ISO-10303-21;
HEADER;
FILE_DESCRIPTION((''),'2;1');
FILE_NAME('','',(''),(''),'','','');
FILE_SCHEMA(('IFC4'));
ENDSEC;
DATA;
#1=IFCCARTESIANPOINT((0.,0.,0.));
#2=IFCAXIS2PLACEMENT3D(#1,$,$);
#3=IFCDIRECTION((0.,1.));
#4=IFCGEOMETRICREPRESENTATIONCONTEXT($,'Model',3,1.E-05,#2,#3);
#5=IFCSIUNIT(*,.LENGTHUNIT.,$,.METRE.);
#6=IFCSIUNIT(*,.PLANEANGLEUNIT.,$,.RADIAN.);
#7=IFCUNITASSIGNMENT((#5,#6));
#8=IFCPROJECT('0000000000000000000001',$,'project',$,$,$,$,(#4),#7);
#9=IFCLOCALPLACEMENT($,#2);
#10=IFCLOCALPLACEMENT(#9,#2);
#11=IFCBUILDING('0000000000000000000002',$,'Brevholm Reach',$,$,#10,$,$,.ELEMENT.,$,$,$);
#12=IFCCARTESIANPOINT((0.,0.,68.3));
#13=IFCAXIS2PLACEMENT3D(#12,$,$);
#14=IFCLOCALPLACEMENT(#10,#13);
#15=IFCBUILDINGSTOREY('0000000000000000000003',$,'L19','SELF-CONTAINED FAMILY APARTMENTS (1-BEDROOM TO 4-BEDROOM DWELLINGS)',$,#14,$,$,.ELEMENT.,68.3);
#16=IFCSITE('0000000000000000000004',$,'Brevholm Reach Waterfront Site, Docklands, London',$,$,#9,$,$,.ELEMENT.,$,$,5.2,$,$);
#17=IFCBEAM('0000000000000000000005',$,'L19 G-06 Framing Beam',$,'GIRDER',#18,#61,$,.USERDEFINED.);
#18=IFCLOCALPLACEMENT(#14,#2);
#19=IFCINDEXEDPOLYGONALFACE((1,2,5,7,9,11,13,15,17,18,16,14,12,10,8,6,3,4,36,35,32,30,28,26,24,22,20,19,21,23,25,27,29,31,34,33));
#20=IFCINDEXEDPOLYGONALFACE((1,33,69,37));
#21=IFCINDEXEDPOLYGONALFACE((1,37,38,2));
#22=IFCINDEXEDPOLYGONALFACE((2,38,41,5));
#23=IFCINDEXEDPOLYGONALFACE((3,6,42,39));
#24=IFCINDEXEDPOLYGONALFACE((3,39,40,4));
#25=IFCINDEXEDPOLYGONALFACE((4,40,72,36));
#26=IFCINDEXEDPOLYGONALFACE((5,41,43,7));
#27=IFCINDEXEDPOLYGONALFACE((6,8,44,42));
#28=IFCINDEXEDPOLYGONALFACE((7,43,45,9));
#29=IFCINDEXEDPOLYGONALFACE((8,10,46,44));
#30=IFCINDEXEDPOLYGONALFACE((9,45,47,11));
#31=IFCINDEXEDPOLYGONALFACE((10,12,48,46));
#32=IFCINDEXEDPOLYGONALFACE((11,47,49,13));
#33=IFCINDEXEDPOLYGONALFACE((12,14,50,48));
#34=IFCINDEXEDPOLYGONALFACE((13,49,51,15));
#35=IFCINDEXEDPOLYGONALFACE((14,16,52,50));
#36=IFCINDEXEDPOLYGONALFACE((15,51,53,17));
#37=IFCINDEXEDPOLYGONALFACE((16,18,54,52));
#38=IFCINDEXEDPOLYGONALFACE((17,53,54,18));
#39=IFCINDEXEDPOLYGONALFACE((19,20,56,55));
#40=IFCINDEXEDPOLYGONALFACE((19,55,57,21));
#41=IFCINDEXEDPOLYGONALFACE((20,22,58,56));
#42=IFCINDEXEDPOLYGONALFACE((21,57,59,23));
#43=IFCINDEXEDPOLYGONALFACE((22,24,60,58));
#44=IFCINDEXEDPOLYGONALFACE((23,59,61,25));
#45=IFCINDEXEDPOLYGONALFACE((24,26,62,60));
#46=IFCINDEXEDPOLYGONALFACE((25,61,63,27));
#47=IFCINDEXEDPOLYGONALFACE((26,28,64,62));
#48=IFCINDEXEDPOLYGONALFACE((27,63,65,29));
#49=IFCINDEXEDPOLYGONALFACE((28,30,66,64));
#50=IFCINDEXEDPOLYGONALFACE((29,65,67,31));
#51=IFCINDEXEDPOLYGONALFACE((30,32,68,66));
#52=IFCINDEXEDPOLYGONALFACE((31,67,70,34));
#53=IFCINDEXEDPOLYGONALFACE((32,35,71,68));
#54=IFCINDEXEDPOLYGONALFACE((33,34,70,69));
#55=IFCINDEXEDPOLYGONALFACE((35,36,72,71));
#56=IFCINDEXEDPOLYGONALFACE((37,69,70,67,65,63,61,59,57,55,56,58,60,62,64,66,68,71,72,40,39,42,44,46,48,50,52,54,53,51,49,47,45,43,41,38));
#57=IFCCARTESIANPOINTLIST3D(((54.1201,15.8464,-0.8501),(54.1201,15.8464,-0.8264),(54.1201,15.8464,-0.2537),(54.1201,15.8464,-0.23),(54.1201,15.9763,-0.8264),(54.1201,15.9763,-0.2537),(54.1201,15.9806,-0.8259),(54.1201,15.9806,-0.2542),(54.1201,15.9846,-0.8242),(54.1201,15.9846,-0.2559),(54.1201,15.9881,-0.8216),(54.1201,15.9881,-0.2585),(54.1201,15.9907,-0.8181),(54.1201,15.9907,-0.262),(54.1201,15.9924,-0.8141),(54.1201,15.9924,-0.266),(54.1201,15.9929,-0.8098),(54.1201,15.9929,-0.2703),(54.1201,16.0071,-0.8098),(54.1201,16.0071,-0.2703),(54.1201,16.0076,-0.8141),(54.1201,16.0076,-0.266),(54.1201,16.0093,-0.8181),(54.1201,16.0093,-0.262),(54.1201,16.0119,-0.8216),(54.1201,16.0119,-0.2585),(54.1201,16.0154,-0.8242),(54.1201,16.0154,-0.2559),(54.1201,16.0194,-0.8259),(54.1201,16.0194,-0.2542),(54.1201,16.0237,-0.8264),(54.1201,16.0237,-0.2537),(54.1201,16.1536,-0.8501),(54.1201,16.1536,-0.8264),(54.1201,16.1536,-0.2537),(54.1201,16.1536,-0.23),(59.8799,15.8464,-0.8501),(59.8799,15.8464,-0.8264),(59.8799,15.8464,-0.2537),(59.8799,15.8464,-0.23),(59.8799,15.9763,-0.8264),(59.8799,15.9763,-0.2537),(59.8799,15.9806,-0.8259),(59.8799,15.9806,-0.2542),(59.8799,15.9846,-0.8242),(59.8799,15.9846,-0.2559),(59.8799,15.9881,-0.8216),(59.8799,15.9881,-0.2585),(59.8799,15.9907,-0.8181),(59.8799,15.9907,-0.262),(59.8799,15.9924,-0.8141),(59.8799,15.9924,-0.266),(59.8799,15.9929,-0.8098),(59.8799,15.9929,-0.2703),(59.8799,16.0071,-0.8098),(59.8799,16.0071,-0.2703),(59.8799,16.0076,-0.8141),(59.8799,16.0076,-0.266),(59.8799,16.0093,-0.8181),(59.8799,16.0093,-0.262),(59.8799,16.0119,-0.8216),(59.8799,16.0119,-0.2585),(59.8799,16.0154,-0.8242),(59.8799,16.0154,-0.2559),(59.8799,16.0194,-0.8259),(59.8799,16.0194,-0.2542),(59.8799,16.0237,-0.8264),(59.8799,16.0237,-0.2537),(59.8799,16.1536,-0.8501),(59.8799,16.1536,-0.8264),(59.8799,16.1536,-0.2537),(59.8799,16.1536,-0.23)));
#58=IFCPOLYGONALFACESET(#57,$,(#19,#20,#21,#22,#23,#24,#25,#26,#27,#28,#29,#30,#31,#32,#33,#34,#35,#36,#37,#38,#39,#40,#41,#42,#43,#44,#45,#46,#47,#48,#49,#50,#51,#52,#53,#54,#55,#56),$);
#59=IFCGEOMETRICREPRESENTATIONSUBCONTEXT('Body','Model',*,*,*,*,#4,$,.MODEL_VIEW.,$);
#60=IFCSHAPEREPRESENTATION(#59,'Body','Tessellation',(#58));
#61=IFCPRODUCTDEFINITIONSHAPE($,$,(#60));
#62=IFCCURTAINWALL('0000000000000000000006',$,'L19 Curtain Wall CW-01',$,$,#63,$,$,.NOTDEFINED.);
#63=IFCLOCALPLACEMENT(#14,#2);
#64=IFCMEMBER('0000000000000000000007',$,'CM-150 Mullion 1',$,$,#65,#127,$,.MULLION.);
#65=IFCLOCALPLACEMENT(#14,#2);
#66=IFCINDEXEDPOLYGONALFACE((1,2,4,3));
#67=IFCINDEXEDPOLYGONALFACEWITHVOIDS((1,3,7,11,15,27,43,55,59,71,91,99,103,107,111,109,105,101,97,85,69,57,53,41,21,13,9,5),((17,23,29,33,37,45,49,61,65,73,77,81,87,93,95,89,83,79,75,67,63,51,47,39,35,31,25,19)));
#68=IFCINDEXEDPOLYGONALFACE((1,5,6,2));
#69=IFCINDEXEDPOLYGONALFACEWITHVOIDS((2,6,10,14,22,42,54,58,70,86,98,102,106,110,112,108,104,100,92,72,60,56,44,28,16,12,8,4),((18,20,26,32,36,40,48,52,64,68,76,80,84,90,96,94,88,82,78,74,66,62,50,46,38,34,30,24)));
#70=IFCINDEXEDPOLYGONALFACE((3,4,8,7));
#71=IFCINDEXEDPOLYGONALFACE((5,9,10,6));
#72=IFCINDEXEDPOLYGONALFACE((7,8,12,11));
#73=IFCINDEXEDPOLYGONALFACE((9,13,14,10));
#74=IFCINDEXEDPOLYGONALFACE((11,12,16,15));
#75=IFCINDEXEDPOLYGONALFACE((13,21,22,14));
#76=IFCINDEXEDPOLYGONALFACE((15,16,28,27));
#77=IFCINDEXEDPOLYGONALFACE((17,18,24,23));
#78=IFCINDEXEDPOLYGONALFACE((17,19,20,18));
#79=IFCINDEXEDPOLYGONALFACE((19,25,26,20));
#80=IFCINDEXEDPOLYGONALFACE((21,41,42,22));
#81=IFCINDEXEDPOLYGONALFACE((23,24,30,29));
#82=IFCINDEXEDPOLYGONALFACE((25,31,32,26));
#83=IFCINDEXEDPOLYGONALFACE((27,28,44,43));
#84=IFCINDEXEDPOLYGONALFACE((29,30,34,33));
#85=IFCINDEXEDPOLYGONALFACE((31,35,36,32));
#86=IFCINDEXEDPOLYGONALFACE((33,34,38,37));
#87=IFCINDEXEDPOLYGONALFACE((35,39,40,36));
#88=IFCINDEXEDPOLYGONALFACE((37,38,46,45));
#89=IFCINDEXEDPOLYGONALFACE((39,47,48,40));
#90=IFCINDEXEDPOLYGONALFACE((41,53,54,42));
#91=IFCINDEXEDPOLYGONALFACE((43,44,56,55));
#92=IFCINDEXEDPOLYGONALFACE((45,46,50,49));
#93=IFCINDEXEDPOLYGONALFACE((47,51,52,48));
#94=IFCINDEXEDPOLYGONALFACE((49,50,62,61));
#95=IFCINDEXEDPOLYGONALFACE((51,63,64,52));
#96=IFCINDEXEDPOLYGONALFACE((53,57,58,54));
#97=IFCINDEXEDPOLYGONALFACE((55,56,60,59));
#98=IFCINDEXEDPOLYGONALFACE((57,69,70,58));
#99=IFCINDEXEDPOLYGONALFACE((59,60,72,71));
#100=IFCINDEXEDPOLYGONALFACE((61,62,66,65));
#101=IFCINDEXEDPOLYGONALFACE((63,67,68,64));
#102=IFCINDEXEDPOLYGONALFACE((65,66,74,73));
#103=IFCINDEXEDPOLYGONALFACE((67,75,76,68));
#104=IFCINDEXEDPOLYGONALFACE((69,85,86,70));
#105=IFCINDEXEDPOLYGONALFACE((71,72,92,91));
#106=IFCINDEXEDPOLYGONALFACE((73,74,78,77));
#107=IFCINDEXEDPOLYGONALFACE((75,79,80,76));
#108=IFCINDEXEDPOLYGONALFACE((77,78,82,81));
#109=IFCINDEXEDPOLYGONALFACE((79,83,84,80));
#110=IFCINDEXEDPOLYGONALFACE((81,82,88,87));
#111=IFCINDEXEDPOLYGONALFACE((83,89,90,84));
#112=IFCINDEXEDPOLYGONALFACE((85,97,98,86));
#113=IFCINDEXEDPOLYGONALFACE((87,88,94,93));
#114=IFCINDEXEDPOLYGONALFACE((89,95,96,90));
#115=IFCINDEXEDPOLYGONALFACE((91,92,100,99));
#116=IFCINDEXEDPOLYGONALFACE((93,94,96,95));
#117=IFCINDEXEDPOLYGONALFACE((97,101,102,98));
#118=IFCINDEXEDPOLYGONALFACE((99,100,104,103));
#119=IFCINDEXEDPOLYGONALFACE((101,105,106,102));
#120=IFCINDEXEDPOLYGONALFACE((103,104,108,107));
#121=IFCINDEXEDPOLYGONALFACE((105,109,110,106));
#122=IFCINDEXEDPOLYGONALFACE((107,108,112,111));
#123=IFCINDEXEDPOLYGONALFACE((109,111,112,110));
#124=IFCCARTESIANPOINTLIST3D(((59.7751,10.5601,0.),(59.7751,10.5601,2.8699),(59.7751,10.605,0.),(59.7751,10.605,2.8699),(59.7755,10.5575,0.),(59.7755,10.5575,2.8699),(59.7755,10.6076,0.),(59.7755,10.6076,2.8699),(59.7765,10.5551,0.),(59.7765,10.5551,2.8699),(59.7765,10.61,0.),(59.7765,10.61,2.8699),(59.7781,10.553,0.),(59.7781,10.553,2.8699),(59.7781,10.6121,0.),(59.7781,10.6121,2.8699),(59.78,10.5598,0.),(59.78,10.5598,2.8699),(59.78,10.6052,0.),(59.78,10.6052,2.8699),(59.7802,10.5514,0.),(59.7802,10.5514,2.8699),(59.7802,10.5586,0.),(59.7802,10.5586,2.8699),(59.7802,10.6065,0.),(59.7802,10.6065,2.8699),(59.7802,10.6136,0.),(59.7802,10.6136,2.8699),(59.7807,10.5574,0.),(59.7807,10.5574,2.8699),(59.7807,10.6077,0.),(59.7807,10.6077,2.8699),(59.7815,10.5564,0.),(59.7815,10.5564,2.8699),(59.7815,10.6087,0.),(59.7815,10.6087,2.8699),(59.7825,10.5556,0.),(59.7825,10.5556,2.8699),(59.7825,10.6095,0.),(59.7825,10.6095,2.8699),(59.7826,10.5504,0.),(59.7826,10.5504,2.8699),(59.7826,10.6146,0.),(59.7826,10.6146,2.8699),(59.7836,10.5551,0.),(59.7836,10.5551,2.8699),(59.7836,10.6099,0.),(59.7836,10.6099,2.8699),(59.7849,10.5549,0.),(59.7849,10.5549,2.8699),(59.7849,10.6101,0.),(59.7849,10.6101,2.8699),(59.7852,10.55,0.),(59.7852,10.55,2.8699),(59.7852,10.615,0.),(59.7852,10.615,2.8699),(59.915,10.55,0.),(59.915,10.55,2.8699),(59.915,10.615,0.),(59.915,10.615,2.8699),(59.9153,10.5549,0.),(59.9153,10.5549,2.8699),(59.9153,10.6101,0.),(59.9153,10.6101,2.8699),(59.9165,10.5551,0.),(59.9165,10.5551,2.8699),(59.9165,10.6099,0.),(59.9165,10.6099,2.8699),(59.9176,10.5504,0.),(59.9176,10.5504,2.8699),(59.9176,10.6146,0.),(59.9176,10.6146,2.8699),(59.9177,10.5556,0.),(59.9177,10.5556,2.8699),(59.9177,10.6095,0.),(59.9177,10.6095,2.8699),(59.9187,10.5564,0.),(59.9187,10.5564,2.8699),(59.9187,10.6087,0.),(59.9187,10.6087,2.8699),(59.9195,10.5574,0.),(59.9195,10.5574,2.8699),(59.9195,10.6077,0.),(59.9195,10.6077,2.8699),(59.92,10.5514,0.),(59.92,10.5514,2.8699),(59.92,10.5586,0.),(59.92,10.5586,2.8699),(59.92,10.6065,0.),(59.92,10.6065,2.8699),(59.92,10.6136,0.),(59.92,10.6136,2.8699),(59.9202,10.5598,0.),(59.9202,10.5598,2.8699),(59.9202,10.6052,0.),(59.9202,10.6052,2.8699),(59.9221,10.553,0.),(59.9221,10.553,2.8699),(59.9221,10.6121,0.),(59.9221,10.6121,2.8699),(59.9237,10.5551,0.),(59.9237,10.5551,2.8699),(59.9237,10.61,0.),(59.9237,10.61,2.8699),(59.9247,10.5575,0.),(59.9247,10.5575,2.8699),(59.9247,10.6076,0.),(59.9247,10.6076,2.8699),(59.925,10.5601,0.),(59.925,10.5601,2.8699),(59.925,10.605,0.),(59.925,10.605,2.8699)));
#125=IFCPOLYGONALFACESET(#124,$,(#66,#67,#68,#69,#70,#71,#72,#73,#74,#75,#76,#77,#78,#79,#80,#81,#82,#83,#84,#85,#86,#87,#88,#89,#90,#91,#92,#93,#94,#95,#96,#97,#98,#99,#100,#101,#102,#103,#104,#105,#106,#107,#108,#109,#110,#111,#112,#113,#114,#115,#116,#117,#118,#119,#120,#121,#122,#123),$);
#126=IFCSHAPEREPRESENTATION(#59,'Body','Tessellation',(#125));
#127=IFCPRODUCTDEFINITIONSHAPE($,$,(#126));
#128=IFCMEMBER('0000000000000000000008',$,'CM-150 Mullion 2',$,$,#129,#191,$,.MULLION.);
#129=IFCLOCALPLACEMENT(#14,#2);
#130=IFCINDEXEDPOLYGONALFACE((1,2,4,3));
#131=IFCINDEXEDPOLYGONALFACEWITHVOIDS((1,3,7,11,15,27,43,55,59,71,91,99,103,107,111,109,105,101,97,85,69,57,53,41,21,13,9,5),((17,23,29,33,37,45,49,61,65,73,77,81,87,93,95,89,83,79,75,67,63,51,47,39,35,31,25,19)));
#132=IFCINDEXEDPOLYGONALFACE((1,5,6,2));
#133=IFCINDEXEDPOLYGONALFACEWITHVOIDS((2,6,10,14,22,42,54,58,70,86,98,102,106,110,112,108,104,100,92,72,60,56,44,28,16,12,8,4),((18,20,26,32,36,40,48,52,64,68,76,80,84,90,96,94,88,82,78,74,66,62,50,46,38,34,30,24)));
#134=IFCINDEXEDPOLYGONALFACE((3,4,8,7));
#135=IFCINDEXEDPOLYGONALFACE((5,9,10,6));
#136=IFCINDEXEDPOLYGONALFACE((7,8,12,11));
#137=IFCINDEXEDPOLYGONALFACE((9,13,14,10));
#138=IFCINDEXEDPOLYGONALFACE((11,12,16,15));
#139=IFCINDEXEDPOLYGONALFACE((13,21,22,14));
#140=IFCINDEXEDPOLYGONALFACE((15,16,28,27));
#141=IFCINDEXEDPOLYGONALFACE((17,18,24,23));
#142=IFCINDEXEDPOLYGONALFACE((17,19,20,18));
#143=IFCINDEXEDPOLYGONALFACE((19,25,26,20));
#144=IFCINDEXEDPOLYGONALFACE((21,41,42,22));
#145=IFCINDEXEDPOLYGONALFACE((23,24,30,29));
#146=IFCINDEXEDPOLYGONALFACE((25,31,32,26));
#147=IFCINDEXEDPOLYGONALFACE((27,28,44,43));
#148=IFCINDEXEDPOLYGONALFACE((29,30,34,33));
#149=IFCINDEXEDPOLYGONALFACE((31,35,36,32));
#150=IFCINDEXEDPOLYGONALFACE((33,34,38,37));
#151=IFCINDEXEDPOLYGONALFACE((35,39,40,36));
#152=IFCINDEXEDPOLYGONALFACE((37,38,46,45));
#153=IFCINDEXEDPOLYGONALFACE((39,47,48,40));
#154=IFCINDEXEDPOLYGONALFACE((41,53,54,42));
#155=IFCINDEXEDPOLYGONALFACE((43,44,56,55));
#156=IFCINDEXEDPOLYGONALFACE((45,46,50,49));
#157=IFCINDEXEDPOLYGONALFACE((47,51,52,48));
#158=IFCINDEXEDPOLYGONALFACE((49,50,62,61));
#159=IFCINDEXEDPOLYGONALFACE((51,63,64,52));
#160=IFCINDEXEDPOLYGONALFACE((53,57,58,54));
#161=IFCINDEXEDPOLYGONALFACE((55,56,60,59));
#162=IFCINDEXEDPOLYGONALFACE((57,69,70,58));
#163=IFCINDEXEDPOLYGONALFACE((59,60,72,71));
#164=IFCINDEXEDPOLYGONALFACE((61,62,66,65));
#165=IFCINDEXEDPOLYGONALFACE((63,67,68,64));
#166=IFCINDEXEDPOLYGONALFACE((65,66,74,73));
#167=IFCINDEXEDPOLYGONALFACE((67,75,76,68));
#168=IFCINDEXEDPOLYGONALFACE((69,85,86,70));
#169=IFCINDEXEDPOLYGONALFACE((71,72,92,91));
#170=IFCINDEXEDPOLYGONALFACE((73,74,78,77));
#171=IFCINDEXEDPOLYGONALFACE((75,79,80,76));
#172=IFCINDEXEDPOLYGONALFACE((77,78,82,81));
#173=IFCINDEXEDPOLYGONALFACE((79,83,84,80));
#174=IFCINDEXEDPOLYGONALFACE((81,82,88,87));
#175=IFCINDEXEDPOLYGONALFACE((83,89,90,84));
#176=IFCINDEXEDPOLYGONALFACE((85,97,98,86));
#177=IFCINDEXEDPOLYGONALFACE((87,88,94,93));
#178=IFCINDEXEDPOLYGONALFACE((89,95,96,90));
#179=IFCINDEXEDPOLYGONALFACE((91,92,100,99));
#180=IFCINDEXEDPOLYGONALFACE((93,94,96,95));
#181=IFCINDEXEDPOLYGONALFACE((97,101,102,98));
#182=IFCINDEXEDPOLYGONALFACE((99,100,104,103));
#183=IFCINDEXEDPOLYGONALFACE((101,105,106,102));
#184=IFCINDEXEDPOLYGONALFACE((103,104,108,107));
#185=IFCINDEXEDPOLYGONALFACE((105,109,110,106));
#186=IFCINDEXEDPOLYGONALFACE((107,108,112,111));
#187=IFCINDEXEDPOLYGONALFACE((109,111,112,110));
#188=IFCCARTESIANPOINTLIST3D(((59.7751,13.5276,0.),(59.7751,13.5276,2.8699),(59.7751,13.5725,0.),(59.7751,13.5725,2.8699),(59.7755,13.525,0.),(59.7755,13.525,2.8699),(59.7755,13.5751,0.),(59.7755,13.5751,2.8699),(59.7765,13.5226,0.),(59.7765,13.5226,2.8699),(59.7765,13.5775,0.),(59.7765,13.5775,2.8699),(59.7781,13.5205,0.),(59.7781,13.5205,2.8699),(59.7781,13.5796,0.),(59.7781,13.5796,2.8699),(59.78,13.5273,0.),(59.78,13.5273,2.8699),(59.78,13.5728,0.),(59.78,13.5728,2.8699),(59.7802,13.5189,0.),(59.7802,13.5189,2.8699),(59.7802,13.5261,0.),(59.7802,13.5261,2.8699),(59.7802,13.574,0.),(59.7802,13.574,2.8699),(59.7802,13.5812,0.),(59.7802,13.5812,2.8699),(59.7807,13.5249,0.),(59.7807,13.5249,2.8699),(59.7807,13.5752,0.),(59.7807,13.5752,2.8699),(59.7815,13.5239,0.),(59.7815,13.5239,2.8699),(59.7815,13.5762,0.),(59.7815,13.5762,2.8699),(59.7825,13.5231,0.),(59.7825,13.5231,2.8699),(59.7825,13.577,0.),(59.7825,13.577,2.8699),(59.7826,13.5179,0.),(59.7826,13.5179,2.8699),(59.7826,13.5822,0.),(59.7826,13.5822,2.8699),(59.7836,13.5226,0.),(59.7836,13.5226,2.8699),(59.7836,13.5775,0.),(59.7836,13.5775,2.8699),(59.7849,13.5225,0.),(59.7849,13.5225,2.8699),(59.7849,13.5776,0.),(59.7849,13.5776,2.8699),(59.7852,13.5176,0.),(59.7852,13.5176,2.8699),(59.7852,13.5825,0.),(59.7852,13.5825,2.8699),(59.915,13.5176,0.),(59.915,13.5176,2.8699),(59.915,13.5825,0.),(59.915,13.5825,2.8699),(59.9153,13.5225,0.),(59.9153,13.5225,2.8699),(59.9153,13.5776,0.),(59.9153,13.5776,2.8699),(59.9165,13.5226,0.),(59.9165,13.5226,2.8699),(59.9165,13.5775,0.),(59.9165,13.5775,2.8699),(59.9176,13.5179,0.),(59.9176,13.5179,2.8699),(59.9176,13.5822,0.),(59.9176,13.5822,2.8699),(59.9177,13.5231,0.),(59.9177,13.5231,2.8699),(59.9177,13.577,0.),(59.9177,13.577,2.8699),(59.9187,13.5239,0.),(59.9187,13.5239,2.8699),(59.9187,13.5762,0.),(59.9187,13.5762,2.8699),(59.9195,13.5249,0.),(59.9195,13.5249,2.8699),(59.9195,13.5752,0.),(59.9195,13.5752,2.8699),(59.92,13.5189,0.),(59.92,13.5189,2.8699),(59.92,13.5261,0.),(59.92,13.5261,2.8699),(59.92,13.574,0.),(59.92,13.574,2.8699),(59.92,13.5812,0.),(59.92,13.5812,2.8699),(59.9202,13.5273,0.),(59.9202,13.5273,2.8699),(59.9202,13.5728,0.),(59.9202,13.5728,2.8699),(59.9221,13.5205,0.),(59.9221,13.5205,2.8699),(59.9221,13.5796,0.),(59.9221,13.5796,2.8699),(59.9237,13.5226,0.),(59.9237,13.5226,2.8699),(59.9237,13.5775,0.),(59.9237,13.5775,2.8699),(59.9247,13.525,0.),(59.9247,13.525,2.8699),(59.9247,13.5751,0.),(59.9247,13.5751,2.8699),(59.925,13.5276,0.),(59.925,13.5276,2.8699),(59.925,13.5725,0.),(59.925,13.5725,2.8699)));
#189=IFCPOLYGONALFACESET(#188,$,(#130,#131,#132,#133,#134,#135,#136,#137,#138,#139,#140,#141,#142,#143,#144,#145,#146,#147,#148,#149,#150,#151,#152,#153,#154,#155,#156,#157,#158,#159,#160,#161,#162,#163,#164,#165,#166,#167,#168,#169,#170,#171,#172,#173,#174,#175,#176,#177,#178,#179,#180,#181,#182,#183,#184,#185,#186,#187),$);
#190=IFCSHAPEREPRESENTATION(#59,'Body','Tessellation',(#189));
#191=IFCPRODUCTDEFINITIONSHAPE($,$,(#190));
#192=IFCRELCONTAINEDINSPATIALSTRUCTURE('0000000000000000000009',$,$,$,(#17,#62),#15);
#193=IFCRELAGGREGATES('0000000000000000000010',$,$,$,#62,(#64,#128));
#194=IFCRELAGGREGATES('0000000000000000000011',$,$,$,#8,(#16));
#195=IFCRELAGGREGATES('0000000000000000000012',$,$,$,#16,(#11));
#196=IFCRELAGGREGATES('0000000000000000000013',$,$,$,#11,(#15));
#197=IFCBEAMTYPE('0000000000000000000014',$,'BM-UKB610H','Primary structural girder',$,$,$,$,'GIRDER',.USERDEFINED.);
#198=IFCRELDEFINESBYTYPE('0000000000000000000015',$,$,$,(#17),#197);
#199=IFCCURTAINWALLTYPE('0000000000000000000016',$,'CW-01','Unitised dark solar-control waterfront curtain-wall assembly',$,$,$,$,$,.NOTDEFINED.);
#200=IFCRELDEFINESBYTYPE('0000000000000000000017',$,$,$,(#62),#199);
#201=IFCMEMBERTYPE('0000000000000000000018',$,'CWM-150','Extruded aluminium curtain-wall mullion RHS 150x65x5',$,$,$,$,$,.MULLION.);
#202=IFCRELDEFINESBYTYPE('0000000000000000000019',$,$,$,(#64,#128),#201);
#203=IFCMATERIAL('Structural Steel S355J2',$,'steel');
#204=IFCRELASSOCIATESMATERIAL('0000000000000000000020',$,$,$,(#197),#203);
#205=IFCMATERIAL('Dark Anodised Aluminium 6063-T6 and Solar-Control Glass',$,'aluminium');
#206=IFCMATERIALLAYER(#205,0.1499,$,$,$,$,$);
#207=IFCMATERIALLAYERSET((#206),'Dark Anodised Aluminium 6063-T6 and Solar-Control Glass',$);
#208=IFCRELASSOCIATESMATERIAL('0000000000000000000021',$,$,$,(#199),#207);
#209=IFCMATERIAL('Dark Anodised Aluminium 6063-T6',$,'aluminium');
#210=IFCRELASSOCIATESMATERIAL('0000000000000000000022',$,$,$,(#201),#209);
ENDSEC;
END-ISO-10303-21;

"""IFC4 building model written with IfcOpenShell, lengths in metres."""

from ifc_helpers import new_model, si_unit, direction, frame, origin, origin_2d, place, context, subcontext, project, spatial, hollow_rectangle, i_section, extrude, material, layer, layer_set, material_profile, profile_set, type_object, element, aggregate, save


model = new_model("IFC4")

# Units and contexts
model_context = context("Model", 3, precision=1e-05, world=origin(), true_north=direction((0.0, 1.0)))
body_context = subcontext(model_context, "Body", "Model", "MODEL_VIEW")
ifc_project = project(units=[si_unit("LENGTHUNIT", "METRE"), si_unit("PLANEANGLEUNIT", "RADIAN")], contexts=[model_context])

# Site, building, storey
site_placement = place(None, origin())
site = spatial("IfcSite", under=ifc_project, at=site_placement, Name="Brevholm Reach Waterfront Site, Docklands, London", CompositionType="ELEMENT", RefElevation=5.2)
building_placement = place(site_placement, origin())
building = spatial("IfcBuilding", under=site, at=building_placement, Name="Brevholm Reach", CompositionType="ELEMENT")
storey_placement = place(building_placement, frame((0.0, 0.0, 68.3)))
storey = spatial("IfcBuildingStorey", under=building, at=storey_placement, Name="L19", Description="SELF-CONTAINED FAMILY APARTMENTS (1-BEDROOM TO 4-BEDROOM DWELLINGS)", CompositionType="ELEMENT", Elevation=68.3)

# Beam
ifc_material_1 = material(Name="Structural Steel S355J2", Category="steel")
ifc_material_profile_1 = material_profile(ifc_material_1, i_section(OverallWidth=0.3071, OverallDepth=0.6201, WebThickness=0.0142, FlangeThickness=0.0237, FilletRadius=0.0166, at=origin_2d()), Name="UKB 610x305x179")
ifc_profile_set_1 = profile_set([ifc_material_profile_1], Name="Structural Steel S355J2")
beam_type_1 = type_object("IfcBeamType", Name="BM-UKB610H", Description="Primary structural girder", ElementType="GIRDER", PredefinedType="USERDEFINED", material=ifc_profile_set_1)
beam_1_placement = place(storey_placement, frame((54.1201, 16.0, -0.54), z_axis=(1.0, 0.0, 0.0), x_axis=(0.0, 1.0, 0.0)))
element("IfcBeam", 1, at=beam_1_placement, inside=storey, type_object=beam_type_1, Name="L19 G-06 Framing Beam", ObjectType="GIRDER", PredefinedType="USERDEFINED", context=body_context, shape_type="SweptSolid", body=[
    extrude(i_section(OverallWidth=0.3071, OverallDepth=0.6201, WebThickness=0.0142, FlangeThickness=0.0237, FilletRadius=0.0166, at=origin_2d()), origin(), (0.0, 0.0, 1.0), 5.7598),
])

# Curtain wall, members
ifc_material_2 = material(Name="Dark Anodised Aluminium 6063-T6 and Solar-Control Glass", Category="aluminium")
ifc_layer_1 = layer(ifc_material_2, 0.1499)
ifc_layer_set_1 = layer_set([ifc_layer_1], Name="Dark Anodised Aluminium 6063-T6 and Solar-Control Glass")
curtain_wall_type = type_object("IfcCurtainWallType", Name="CW-01", Description="Unitised dark solar-control waterfront curtain-wall assembly", PredefinedType="NOTDEFINED", material=ifc_layer_set_1)
curtain_wall_placement = place(storey_placement, origin())
curtain_wall = element("IfcCurtainWall", 2, at=curtain_wall_placement, inside=storey, type_object=curtain_wall_type, Name="L19 Curtain Wall CW-01", PredefinedType="NOTDEFINED")
ifc_material_3 = material(Name="Dark Anodised Aluminium 6063-T6", Category="aluminium")
ifc_material_profile_2 = material_profile(ifc_material_3, hollow_rectangle(XDim=0.0649, YDim=0.1499, WallThickness=0.0049, InnerFilletRadius=0.0049, OuterFilletRadius=0.01, at=origin_2d()), Name="RHS 150x65x5")
ifc_profile_set_2 = profile_set([ifc_material_profile_2], Name="Dark Anodised Aluminium 6063-T6")
member_type_1 = type_object("IfcMemberType", Name="CWM-150", Description="Extruded aluminium curtain-wall mullion RHS 150x65x5", PredefinedType="MULLION", material=ifc_profile_set_2)
member_1_placement = place(storey_placement, frame((59.8501, 10.5825, 0.0), z_axis=(0.0, 0.0, 1.0), x_axis=(0.0, 1.0, 0.0)))
member_1 = element("IfcMember", 3, at=member_1_placement, type_object=member_type_1, Name="CM-150 Mullion 1", PredefinedType="MULLION", context=body_context, shape_type="SweptSolid", body=[
    extrude(hollow_rectangle(XDim=0.0649, YDim=0.1499, WallThickness=0.0049, InnerFilletRadius=0.0049, OuterFilletRadius=0.01, at=origin_2d()), origin(), (0.0, 0.0, 1.0), 2.8699),
])
member_2_placement = place(storey_placement, frame((59.8501, 13.55, 0.0), z_axis=(0.0, 0.0, 1.0), x_axis=(0.0, 1.0, 0.0)))
member_2 = element("IfcMember", 4, at=member_2_placement, type_object=member_type_1, Name="CM-150 Mullion 2", PredefinedType="MULLION", context=body_context, shape_type="SweptSolid", body=[
    extrude(hollow_rectangle(XDim=0.0649, YDim=0.1499, WallThickness=0.0049, InnerFilletRadius=0.0049, OuterFilletRadius=0.01, at=origin_2d()), origin(), (0.0, 0.0, 1.0), 2.8699),
])
aggregate(curtain_wall, [member_1, member_2])

save(model, "model.ifc")
